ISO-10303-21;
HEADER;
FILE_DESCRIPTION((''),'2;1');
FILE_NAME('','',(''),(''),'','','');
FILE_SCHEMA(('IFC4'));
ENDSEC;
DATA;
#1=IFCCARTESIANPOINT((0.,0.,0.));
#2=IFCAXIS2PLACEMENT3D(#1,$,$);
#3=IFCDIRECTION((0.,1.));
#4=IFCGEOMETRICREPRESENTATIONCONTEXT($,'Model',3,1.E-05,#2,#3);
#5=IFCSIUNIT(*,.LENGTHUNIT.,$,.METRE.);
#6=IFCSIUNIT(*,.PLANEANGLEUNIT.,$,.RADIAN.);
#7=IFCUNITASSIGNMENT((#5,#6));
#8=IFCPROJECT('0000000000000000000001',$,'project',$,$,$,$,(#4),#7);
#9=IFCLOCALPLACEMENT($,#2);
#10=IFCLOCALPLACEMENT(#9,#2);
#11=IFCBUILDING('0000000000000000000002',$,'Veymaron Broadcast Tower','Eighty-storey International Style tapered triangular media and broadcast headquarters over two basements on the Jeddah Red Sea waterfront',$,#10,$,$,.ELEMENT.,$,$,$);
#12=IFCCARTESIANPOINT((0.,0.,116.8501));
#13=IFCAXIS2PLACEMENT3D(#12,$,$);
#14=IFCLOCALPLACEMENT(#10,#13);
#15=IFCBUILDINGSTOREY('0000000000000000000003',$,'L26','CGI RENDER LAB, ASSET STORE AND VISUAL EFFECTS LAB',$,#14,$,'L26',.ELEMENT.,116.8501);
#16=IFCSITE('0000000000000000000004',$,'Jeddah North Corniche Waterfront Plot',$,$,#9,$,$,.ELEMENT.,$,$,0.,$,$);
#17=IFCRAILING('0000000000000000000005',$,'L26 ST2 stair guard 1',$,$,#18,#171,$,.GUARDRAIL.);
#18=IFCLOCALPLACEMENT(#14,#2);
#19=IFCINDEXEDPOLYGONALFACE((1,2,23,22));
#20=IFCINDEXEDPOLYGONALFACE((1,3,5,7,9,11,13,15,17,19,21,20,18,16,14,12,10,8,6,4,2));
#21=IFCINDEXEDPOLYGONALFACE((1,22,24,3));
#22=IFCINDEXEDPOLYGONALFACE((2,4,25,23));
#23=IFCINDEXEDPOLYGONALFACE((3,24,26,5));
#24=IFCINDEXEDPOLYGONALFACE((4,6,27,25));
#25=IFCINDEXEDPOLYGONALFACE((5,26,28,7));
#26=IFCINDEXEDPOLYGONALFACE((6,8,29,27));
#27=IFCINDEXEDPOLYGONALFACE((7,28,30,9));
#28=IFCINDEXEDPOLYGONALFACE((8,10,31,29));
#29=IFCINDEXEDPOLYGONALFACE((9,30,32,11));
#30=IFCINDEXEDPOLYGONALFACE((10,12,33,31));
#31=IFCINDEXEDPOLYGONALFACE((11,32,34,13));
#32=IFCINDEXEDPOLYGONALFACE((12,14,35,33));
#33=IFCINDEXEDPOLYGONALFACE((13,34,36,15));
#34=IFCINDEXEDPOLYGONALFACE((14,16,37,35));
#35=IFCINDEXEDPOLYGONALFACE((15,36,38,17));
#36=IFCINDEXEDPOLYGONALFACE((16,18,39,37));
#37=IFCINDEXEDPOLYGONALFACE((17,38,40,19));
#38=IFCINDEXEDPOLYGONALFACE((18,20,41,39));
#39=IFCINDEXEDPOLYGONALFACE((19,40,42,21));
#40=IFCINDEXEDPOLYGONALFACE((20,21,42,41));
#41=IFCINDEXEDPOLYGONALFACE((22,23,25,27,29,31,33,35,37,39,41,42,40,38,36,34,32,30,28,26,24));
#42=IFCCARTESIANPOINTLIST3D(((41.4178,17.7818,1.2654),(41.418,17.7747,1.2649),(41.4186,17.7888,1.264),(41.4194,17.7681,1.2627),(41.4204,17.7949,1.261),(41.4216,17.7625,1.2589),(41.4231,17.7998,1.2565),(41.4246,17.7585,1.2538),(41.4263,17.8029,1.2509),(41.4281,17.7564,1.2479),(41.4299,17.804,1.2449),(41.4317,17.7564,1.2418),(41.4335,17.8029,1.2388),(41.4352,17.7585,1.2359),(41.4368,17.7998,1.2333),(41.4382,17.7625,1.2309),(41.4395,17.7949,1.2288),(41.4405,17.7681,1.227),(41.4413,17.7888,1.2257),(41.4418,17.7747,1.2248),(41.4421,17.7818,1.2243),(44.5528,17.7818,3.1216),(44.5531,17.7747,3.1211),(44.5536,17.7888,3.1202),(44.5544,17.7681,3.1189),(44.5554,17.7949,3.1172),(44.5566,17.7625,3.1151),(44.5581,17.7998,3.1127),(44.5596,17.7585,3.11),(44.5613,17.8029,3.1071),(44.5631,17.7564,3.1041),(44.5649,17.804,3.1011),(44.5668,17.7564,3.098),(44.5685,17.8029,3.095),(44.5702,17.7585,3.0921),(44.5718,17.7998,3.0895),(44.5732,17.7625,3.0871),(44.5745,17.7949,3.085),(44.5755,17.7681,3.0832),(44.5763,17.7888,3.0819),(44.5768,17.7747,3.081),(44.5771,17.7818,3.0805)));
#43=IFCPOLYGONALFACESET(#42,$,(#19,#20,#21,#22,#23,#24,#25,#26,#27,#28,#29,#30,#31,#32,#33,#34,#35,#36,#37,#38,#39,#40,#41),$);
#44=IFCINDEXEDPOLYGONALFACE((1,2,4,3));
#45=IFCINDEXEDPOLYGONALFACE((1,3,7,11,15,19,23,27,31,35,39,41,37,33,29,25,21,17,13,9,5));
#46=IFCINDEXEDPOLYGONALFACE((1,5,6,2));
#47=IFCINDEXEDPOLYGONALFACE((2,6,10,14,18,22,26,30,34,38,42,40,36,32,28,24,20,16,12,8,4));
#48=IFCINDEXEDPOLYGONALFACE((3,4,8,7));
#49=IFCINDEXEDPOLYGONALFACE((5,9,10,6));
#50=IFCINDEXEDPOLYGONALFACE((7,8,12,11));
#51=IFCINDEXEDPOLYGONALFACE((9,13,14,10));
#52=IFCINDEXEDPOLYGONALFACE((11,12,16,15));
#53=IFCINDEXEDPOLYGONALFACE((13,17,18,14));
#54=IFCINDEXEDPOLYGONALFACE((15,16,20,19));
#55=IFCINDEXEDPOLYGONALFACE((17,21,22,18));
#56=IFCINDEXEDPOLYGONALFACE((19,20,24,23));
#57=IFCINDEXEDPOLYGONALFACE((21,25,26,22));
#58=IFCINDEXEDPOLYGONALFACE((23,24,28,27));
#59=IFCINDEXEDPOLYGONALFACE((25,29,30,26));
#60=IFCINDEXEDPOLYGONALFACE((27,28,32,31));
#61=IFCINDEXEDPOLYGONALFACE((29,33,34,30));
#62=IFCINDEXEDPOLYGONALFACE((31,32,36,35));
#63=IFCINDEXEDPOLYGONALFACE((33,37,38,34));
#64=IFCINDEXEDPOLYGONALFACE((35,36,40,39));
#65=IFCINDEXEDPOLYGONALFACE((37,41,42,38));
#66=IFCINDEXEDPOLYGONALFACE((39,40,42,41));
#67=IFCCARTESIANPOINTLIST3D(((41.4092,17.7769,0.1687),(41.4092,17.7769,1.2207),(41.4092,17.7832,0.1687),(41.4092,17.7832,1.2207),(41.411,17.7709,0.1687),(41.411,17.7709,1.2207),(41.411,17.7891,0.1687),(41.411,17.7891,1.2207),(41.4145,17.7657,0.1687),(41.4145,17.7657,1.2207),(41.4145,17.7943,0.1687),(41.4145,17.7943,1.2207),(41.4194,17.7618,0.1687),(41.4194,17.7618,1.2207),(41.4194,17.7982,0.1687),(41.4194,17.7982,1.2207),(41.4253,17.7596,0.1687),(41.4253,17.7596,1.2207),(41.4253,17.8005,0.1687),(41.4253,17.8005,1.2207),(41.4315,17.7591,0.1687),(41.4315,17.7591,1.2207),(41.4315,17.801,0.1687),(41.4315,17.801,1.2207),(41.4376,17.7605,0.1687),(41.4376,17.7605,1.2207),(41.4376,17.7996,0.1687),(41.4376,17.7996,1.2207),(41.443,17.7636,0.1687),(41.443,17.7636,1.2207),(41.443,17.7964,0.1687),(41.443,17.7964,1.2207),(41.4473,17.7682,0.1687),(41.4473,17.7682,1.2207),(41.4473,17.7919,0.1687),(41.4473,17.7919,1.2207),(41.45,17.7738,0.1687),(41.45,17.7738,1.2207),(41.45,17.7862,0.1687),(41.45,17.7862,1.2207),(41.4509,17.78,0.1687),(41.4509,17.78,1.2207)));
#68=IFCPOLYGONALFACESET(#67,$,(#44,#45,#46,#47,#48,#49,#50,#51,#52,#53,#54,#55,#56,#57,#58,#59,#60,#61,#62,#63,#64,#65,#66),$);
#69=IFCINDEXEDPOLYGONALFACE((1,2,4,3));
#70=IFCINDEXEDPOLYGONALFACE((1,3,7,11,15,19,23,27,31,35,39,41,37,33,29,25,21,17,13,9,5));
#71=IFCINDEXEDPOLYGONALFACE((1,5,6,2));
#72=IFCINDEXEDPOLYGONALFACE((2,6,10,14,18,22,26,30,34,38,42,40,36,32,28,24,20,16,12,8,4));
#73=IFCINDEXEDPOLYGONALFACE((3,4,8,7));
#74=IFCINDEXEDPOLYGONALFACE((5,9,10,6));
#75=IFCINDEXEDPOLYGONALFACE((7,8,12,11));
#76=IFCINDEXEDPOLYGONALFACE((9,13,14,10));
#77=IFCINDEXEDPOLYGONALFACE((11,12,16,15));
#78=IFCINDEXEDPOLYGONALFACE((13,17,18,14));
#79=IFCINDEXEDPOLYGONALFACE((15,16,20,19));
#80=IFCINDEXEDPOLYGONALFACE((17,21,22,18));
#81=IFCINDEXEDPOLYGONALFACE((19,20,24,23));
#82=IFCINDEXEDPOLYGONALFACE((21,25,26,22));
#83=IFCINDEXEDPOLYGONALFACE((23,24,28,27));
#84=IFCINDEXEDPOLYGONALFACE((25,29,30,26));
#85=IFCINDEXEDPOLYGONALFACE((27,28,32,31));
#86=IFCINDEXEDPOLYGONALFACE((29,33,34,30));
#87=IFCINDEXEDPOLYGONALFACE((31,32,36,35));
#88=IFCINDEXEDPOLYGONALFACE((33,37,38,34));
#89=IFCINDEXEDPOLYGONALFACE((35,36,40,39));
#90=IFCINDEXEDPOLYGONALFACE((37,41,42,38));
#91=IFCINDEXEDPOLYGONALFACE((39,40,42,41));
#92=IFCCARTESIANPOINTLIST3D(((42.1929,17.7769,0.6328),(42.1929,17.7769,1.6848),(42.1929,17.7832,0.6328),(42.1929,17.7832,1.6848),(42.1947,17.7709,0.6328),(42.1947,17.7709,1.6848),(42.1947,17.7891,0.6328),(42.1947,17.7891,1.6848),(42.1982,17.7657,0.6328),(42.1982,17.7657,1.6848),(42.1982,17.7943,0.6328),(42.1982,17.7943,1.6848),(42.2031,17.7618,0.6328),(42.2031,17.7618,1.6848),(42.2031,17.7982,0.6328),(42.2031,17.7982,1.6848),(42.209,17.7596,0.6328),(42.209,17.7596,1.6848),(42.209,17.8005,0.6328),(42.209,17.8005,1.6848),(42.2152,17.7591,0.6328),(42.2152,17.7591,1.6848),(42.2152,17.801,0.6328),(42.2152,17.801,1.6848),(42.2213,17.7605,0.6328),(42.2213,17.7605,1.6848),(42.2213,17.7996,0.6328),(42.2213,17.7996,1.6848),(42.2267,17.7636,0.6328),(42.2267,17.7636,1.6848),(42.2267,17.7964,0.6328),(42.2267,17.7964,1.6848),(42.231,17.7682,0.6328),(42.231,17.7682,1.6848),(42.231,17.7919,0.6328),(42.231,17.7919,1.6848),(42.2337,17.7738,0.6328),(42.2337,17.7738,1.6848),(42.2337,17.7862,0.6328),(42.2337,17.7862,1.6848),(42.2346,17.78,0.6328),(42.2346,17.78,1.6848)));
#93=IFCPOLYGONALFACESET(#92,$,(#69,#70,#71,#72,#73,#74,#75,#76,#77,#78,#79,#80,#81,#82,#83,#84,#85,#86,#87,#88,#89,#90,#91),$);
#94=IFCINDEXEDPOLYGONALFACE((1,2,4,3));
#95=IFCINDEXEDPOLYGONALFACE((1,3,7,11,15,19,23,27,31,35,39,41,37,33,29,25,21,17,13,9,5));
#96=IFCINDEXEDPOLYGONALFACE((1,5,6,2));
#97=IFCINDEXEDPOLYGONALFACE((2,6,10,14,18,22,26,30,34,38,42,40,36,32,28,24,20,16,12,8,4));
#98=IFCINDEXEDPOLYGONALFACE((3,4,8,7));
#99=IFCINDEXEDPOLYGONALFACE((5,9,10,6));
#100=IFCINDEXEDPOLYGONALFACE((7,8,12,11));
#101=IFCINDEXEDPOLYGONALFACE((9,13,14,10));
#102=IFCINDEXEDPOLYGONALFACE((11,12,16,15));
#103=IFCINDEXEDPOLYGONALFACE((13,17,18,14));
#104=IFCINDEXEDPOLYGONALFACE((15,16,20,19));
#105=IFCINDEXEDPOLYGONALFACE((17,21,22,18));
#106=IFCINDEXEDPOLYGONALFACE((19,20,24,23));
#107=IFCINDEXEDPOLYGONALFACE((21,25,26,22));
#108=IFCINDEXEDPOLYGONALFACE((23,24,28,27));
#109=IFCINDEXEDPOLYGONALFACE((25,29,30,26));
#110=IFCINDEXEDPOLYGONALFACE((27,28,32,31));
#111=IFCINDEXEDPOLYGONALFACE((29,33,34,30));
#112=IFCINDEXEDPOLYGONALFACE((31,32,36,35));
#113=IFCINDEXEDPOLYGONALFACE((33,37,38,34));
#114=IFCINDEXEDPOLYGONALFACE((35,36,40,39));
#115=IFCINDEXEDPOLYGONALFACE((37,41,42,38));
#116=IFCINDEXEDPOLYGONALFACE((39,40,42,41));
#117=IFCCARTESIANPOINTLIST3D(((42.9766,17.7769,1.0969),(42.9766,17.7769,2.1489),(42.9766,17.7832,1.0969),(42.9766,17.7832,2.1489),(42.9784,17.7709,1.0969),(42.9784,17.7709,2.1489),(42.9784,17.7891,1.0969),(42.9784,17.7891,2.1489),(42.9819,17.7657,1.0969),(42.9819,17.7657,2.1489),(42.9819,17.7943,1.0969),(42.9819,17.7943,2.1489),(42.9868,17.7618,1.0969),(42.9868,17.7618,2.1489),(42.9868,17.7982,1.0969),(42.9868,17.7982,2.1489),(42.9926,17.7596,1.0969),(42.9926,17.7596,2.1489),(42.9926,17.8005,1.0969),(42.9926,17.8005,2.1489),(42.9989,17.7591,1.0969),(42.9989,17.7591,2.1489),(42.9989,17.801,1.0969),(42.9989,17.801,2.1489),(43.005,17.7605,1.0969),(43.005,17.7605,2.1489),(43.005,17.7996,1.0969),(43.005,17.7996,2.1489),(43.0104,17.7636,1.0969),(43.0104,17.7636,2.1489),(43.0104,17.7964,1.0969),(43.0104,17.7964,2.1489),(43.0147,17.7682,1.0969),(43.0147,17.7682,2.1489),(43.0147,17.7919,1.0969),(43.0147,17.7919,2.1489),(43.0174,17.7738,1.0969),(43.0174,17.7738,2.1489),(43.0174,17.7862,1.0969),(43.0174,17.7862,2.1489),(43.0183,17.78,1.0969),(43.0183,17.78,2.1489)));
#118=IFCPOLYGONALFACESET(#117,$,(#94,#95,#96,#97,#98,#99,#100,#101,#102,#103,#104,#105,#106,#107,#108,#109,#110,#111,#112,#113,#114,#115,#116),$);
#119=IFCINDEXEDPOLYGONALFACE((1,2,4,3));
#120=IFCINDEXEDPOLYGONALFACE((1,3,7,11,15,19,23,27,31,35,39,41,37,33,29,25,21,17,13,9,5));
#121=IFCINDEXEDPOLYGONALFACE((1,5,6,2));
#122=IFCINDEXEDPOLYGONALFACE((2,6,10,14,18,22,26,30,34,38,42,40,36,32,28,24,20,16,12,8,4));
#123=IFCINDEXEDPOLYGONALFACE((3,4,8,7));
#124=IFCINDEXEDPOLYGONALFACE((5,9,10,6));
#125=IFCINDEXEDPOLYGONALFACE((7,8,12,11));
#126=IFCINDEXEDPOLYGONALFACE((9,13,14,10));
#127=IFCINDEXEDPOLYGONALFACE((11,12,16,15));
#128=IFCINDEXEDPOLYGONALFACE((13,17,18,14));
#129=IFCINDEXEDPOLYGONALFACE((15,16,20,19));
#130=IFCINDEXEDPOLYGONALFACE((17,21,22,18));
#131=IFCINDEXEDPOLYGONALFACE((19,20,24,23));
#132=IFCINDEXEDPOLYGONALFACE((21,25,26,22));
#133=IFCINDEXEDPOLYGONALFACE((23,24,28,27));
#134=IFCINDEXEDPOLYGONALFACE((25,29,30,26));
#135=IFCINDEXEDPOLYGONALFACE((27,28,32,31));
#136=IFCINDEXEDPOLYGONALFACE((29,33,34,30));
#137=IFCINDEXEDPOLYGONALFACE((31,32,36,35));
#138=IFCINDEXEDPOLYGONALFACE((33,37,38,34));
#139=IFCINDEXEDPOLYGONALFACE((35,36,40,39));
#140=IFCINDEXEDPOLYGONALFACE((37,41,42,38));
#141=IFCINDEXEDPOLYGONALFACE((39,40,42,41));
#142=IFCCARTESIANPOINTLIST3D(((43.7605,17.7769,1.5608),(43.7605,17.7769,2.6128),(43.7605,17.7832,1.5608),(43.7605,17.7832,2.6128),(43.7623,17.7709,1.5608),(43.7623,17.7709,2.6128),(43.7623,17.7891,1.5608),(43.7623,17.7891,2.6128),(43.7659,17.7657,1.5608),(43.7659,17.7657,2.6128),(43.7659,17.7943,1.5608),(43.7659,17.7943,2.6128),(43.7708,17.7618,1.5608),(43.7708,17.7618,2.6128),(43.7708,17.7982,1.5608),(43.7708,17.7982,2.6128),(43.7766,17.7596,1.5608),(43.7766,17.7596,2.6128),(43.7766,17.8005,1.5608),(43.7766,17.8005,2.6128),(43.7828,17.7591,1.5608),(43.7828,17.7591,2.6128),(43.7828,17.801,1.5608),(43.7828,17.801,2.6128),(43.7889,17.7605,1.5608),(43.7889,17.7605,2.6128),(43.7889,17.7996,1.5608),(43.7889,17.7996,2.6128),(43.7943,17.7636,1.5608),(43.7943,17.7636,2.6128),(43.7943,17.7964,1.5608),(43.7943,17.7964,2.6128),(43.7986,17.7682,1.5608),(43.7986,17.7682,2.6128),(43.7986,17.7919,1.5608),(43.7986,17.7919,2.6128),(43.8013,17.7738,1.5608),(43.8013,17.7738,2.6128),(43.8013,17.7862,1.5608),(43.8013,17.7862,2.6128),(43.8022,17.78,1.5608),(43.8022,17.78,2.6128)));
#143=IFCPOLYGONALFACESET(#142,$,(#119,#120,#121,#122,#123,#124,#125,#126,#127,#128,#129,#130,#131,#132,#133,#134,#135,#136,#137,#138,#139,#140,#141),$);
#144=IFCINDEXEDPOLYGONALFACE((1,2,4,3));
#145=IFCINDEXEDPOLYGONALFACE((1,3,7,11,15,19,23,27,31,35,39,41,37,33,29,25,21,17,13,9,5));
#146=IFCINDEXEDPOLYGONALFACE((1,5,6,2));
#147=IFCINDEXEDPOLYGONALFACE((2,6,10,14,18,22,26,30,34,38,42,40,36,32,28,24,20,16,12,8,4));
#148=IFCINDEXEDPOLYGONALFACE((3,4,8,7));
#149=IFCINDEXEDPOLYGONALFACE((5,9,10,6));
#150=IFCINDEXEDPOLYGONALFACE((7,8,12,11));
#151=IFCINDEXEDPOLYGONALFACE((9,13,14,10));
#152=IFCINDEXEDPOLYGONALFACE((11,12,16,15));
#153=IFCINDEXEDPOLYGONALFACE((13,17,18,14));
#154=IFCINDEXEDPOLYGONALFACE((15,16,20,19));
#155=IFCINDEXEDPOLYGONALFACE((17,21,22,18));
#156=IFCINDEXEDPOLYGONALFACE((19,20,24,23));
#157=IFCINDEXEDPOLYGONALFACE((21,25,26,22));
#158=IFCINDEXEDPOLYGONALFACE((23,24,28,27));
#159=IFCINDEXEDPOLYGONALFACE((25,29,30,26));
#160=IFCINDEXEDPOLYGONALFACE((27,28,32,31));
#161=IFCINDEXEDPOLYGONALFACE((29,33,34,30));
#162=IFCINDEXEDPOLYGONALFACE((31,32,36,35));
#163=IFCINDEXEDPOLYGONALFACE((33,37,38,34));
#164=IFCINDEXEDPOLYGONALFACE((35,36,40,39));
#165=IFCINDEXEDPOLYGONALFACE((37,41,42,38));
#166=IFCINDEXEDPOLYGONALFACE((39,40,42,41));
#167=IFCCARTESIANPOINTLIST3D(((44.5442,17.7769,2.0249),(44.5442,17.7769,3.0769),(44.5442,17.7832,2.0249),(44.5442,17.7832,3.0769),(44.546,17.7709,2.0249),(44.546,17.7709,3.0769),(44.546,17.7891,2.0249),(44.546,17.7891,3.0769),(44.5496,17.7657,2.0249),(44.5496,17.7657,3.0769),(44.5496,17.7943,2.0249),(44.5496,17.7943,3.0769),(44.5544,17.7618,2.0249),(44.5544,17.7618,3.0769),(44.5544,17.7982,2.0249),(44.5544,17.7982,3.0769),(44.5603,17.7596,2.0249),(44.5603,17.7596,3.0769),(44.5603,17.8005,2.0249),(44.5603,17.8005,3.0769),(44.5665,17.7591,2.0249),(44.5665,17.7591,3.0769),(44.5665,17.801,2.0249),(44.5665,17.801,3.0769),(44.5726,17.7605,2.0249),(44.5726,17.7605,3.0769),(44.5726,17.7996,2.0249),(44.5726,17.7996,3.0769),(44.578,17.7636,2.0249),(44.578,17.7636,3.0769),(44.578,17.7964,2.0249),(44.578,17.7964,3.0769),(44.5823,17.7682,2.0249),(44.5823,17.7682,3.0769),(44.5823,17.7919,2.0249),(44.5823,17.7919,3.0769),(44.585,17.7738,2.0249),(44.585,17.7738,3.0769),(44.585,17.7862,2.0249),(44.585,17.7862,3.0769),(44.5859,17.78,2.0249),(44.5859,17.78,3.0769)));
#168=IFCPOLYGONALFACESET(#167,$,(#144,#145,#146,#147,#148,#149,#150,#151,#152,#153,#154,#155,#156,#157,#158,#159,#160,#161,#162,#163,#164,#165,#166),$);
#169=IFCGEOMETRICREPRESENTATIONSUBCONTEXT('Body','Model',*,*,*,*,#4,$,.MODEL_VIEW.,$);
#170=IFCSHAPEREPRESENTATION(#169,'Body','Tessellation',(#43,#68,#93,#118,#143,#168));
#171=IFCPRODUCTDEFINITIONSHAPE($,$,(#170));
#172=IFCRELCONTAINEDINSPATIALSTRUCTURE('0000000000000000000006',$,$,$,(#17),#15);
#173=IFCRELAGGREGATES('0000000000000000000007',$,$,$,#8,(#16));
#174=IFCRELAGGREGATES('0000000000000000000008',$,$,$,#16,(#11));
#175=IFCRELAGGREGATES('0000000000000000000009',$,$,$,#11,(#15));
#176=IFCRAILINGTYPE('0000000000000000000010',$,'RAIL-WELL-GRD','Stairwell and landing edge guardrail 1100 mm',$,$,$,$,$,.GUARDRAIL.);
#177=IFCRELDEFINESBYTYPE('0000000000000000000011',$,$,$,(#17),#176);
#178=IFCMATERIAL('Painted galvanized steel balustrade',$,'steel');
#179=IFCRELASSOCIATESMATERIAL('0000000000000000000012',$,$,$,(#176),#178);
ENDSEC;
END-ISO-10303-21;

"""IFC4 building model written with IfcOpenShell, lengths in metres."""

from ifc_helpers import new_model, si_unit, direction, frame, origin, origin_2d, place, context, subcontext, project, spatial, circle, extrude, material, type_object, element, save


model = new_model("IFC4")

# Units and contexts
model_context = context("Model", 3, precision=1e-05, world=origin(), true_north=direction((0.0, 1.0)))
body_context = subcontext(model_context, "Body", "Model", "MODEL_VIEW")
ifc_project = project(units=[si_unit("LENGTHUNIT", "METRE"), si_unit("PLANEANGLEUNIT", "RADIAN")], contexts=[model_context])

# Site, building, storey
site_placement = place(None, origin())
site = spatial("IfcSite", under=ifc_project, at=site_placement, Name="Jeddah North Corniche Waterfront Plot", CompositionType="ELEMENT", RefElevation=0.0)
building_placement = place(site_placement, origin())
building = spatial("IfcBuilding", under=site, at=building_placement, Name="Veymaron Broadcast Tower", Description="Eighty-storey International Style tapered triangular media and broadcast headquarters over two basements on the Jeddah Red Sea waterfront", CompositionType="ELEMENT")
storey_placement = place(building_placement, frame((0.0, 0.0, 116.8501)))
storey = spatial("IfcBuildingStorey", under=building, at=storey_placement, Name="L26", Description="CGI RENDER LAB, ASSET STORE AND VISUAL EFFECTS LAB", LongName="L26", CompositionType="ELEMENT", Elevation=116.8501)

# Railing
ifc_material_1 = material(Name="Painted galvanized steel balustrade", Category="steel")
railing_type_1 = type_object("IfcRailingType", Name="RAIL-WELL-GRD", Description="Stairwell and landing edge guardrail 1100 mm", PredefinedType="GUARDRAIL", material=ifc_material_1)
railing_1_placement = place(storey_placement, frame((41.4299, 17.78, 0.1687)))
element("IfcRailing", 1, at=railing_1_placement, inside=storey, type_object=railing_type_1, Name="L26 ST2 stair guard 1", PredefinedType="GUARDRAIL", context=body_context, shape_type="SweptSolid", body=[
    extrude(circle(Radius=0.0239, at=origin_2d()), frame((0.0, 0.0, 1.0762), z_axis=(0.860482, 0.0, 0.509481), x_axis=(0.0, 1.0, 0.0)), (0.0, 0.0, 1.0), 3.6433),
    extrude(circle(Radius=0.021, at=origin_2d()), origin(), (0.0, 0.0, 1.0), 1.052),
    extrude(circle(Radius=0.021, at=origin_2d()), frame((0.7837, 0.0, 0.4641)), (0.0, 0.0, 1.0), 1.052),
    extrude(circle(Radius=0.021, at=origin_2d()), frame((1.5674, 0.0, 0.9282)), (0.0, 0.0, 1.0), 1.052),
    extrude(circle(Radius=0.021, at=origin_2d()), frame((2.3513, 0.0, 1.3921)), (0.0, 0.0, 1.0), 1.052),
    extrude(circle(Radius=0.021, at=origin_2d()), frame((3.135, 0.0, 1.8562)), (0.0, 0.0, 1.0), 1.052),
])

save(model, "model.ifc")
